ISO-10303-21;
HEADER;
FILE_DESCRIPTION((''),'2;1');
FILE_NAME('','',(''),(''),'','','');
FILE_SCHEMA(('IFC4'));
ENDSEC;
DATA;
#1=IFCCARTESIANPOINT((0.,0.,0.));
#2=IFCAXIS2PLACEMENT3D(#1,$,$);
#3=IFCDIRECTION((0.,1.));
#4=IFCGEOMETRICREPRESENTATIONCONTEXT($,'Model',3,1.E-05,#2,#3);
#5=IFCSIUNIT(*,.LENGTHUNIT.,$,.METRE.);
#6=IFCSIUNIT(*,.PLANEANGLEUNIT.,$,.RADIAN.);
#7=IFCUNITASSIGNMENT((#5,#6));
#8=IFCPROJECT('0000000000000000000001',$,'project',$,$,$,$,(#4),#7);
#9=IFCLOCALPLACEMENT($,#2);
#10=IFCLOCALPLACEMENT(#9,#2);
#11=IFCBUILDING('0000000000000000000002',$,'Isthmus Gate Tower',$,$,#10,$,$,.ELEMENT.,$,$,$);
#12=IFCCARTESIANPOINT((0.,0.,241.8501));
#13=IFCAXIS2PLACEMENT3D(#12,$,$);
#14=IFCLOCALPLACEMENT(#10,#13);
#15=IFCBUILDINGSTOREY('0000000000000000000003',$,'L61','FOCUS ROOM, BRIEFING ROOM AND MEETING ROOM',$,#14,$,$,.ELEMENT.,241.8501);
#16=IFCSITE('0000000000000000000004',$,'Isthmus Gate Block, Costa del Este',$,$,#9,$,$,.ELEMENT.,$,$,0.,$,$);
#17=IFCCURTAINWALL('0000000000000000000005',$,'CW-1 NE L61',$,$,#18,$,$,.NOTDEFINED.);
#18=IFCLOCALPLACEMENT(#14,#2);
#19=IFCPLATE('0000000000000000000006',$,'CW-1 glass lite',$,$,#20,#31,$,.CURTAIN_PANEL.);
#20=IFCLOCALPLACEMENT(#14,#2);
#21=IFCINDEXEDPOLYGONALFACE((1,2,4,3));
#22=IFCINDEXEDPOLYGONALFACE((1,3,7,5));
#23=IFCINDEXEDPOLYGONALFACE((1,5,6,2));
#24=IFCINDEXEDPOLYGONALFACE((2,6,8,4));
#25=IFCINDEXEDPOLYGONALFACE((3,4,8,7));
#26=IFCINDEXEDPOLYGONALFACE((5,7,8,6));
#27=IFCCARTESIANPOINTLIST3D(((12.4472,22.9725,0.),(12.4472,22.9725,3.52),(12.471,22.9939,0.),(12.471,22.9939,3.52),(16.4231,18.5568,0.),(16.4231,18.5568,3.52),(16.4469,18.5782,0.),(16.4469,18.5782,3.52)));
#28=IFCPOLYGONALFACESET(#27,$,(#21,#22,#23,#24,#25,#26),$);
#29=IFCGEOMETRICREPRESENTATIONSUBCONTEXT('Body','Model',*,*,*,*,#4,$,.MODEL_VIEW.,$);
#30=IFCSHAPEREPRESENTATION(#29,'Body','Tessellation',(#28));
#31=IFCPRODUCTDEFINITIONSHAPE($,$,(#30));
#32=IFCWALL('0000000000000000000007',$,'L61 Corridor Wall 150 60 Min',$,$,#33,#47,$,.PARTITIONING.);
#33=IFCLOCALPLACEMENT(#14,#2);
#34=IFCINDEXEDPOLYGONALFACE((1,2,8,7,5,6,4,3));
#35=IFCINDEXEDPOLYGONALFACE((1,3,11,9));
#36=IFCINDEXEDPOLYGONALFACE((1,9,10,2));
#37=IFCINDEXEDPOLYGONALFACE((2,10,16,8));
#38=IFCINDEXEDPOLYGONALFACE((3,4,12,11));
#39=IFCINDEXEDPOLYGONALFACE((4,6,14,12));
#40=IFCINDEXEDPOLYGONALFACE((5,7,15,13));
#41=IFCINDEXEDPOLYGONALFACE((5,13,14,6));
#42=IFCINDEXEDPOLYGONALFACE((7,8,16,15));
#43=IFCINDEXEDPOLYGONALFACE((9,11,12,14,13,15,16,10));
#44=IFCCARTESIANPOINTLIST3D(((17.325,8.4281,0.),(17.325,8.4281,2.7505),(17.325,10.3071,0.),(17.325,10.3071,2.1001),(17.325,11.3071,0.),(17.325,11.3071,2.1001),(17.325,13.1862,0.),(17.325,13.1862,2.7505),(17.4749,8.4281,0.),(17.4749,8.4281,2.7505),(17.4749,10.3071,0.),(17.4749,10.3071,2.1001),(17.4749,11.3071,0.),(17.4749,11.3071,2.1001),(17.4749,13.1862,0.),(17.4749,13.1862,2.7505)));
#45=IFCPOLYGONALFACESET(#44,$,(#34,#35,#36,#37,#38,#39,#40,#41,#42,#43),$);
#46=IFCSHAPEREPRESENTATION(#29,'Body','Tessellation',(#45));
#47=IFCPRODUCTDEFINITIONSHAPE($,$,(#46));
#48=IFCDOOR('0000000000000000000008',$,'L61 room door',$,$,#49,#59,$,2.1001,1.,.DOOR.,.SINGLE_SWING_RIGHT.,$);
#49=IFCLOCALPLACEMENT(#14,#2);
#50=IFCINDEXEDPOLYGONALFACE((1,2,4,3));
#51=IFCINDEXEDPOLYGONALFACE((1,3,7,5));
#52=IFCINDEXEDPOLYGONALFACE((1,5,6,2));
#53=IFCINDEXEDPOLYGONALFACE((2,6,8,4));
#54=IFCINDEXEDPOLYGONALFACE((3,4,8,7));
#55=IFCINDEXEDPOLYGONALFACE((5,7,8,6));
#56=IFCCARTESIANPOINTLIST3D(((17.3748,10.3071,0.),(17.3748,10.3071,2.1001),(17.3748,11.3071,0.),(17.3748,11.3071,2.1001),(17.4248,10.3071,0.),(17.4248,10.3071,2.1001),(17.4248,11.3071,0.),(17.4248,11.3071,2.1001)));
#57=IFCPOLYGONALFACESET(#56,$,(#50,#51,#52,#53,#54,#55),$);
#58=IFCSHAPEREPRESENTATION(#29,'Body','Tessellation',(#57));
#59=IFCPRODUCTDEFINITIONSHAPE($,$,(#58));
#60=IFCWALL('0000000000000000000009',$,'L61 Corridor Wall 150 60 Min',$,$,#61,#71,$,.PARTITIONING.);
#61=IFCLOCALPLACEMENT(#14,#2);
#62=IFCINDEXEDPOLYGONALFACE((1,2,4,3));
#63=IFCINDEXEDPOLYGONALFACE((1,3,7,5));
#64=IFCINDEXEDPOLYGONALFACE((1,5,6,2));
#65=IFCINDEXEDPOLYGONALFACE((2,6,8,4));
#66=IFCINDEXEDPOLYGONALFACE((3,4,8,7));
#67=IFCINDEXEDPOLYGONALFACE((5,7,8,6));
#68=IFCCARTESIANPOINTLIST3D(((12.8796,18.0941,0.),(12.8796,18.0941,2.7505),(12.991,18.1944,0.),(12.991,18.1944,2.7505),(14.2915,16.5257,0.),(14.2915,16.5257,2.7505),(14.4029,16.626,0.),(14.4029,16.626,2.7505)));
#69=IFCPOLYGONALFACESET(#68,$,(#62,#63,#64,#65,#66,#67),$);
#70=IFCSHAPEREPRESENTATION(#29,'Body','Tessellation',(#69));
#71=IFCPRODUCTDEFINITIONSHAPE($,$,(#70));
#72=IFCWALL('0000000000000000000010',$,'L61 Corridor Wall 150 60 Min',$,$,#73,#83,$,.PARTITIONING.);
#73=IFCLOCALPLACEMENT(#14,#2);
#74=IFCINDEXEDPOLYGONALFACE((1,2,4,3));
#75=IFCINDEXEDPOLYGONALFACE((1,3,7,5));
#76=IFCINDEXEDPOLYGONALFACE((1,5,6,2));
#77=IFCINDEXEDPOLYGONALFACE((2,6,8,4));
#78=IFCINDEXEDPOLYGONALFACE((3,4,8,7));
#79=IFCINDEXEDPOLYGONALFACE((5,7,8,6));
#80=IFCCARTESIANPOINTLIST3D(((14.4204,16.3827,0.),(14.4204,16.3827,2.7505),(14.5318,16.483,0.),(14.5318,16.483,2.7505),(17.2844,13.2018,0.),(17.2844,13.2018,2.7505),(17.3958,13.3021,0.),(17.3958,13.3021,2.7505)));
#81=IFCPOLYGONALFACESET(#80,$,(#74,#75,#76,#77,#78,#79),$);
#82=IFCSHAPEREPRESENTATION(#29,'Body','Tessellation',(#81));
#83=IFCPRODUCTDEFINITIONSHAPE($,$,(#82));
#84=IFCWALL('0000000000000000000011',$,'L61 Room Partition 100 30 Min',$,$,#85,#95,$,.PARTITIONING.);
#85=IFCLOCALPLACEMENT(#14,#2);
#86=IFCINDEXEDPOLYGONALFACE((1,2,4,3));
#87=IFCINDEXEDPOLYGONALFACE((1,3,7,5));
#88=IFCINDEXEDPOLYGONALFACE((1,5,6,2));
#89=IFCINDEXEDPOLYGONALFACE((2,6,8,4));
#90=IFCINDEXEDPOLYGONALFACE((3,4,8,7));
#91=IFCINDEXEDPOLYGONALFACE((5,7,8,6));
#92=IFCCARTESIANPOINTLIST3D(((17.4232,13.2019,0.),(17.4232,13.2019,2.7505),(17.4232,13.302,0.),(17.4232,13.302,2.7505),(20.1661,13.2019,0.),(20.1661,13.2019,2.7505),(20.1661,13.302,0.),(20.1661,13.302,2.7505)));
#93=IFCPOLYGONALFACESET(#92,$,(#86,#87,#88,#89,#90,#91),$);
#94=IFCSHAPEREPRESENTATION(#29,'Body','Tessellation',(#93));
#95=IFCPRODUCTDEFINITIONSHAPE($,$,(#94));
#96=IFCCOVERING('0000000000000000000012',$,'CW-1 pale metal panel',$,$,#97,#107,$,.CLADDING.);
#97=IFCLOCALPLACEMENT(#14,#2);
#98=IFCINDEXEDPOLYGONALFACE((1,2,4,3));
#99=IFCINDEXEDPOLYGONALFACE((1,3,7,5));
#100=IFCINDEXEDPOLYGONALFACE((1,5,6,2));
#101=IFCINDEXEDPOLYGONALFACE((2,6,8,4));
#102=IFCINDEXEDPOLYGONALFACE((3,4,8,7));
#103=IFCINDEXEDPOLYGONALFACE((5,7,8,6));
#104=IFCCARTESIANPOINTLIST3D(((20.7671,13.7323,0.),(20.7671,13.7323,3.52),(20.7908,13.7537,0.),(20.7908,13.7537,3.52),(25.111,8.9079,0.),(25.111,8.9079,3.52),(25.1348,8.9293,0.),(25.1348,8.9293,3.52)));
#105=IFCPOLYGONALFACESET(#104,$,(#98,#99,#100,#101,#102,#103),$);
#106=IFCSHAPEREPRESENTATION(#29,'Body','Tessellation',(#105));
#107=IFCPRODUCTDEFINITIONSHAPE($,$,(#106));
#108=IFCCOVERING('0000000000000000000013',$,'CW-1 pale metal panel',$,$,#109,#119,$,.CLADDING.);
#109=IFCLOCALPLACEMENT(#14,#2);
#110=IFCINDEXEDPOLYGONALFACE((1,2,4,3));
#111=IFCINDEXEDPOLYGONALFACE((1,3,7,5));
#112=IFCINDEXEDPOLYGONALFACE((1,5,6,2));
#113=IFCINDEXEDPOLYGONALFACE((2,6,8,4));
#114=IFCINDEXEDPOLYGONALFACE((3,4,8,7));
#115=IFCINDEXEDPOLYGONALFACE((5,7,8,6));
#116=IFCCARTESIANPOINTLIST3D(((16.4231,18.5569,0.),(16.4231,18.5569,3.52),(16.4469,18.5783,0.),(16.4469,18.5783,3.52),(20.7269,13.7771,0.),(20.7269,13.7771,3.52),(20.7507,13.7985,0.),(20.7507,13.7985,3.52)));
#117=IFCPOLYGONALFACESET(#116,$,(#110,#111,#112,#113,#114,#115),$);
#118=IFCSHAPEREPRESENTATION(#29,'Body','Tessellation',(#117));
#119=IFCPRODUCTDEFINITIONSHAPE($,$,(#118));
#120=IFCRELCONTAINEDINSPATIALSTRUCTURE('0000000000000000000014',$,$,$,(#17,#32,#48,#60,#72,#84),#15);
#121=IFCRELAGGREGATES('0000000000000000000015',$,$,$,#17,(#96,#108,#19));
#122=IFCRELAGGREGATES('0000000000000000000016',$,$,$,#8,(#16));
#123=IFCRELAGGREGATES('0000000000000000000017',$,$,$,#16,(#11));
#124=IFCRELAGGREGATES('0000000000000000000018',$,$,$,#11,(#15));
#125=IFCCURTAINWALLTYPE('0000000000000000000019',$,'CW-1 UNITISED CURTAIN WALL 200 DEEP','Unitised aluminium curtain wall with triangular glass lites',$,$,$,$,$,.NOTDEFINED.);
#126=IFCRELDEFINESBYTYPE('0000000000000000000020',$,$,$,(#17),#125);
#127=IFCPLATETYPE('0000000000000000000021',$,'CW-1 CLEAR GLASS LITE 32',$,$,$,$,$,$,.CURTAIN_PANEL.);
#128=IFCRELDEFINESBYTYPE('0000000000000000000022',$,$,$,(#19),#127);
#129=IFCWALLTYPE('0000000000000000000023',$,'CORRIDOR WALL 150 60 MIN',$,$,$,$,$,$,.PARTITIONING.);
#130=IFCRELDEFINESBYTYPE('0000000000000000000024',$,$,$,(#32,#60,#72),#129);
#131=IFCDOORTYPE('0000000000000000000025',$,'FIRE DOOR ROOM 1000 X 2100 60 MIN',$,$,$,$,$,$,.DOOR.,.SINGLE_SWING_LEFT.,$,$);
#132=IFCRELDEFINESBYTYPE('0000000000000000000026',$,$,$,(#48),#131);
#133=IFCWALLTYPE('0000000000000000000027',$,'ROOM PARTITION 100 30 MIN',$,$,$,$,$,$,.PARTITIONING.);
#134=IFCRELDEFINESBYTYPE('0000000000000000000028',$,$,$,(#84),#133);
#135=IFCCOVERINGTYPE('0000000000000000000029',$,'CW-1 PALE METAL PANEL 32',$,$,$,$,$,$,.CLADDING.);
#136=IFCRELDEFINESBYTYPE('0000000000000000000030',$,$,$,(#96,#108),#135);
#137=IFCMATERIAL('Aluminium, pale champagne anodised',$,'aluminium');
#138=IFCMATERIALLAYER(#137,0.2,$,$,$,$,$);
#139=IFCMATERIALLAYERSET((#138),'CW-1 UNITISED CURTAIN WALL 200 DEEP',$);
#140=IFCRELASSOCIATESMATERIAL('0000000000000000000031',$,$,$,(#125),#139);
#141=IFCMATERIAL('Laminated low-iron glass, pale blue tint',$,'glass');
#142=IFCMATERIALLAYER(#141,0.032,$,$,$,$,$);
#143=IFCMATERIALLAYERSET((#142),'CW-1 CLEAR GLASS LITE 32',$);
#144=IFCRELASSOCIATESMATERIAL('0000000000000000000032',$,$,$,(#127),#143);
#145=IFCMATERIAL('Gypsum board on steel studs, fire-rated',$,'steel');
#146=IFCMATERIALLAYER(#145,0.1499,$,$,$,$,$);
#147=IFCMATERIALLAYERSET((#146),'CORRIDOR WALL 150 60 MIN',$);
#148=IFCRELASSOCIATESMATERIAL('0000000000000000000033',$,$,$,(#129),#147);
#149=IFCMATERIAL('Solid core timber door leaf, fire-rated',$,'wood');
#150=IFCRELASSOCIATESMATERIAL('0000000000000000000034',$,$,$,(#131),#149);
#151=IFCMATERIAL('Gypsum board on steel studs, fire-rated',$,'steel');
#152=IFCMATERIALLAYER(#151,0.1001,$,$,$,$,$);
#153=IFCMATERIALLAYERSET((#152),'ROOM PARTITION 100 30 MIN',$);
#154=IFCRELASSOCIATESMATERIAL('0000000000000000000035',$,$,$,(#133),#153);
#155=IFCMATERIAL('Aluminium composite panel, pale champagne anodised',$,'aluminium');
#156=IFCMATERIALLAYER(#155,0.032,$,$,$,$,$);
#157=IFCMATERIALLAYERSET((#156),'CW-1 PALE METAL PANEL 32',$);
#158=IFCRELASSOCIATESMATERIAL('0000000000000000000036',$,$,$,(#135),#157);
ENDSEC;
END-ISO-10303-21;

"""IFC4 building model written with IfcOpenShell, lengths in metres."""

from ifc_helpers import new_model, si_unit, direction, frame, frame_2d, origin, origin_2d, place, context, subcontext, project, spatial, rectangle, extrude, material, layer, layer_set, type_object, element, fill, aggregate, save


model = new_model("IFC4")

# Units and contexts
model_context = context("Model", 3, precision=1e-05, world=origin(), true_north=direction((0.0, 1.0)))
body_context = subcontext(model_context, "Body", "Model", "MODEL_VIEW")
ifc_project = project(units=[si_unit("LENGTHUNIT", "METRE"), si_unit("PLANEANGLEUNIT", "RADIAN")], contexts=[model_context])

# Site, building, storey
site_placement = place(None, origin())
site = spatial("IfcSite", under=ifc_project, at=site_placement, Name="Isthmus Gate Block, Costa del Este", CompositionType="ELEMENT", RefElevation=0.0)
building_placement = place(site_placement, origin())
building = spatial("IfcBuilding", under=site, at=building_placement, Name="Isthmus Gate Tower", CompositionType="ELEMENT")
storey_placement = place(building_placement, frame((0.0, 0.0, 241.8501)))
storey = spatial("IfcBuildingStorey", under=building, at=storey_placement, Name="L61", Description="FOCUS ROOM, BRIEFING ROOM AND MEETING ROOM", CompositionType="ELEMENT", Elevation=241.8501)

# Curtain wall
ifc_material_1 = material(Name="Aluminium, pale champagne anodised", Category="aluminium")
ifc_layer_1 = layer(ifc_material_1, 0.2)
ifc_layer_set_1 = layer_set([ifc_layer_1], Name="CW-1 UNITISED CURTAIN WALL 200 DEEP")
curtain_wall_type = type_object("IfcCurtainWallType", Name="CW-1 UNITISED CURTAIN WALL 200 DEEP", Description="Unitised aluminium curtain wall with triangular glass lites", PredefinedType="NOTDEFINED", material=ifc_layer_set_1)
curtain_wall_placement = place(storey_placement, origin())
curtain_wall = element("IfcCurtainWall", 1, at=curtain_wall_placement, inside=storey, type_object=curtain_wall_type, Name="CW-1 NE L61", PredefinedType="NOTDEFINED")

# Plate
ifc_material_2 = material(Name="Laminated low-iron glass, pale blue tint", Category="glass")
ifc_layer_2 = layer(ifc_material_2, 0.032)
ifc_layer_set_2 = layer_set([ifc_layer_2], Name="CW-1 CLEAR GLASS LITE 32")
plate_type = type_object("IfcPlateType", Name="CW-1 CLEAR GLASS LITE 32", PredefinedType="CURTAIN_PANEL", material=ifc_layer_set_2)
plate_placement = place(storey_placement, frame((14.447, 20.7754, 0.0), z_axis=(0.0, 0.0, 1.0), x_axis=(-0.669131, 0.743145, 0.0)))
plate = element("IfcPlate", 2, at=plate_placement, type_object=plate_type, Name="CW-1 glass lite", PredefinedType="CURTAIN_PANEL", context=body_context, shape_type="SweptSolid", body=[
    extrude(rectangle(XDim=5.9419, YDim=0.032, at=origin_2d()), origin(), (0.0, 0.0, 1.0), 3.52),
])

# Wall, opening, door
ifc_material_3 = material(Name="Gypsum board on steel studs, fire-rated", Category="steel")
ifc_layer_3 = layer(ifc_material_3, 0.1499)
ifc_layer_set_3 = layer_set([ifc_layer_3], Name="CORRIDOR WALL 150 60 MIN")
wall_type_1 = type_object("IfcWallType", Name="CORRIDOR WALL 150 60 MIN", PredefinedType="PARTITIONING", material=ifc_layer_set_3)
wall_1_placement = place(storey_placement, frame((17.3999, 13.186, 0.0), z_axis=(0.0, 0.0, 1.0), x_axis=(0.0, -1.0, 0.0)))
wall_1 = element("IfcWall", 3, at=wall_1_placement, inside=storey, type_object=wall_type_1, Name="L61 Corridor Wall 150 60 Min", PredefinedType="PARTITIONING", context=body_context, shape_type="SweptSolid", body=[
    extrude(rectangle(XDim=4.7581, YDim=0.1499, at=frame_2d((2.3789, 0.0))), origin(), (0.0, 0.0, 1.0), 2.7505),
])
opening_placement = place(wall_1_placement, frame((1.8789, 0.0, 0.0)))
opening = element("IfcOpeningElement", 4, at=opening_placement, cuts=wall_1, PredefinedType="OPENING", context=body_context, shape_type="SweptSolid", body=[
    extrude(rectangle(XDim=1.0, YDim=2.1001, at=frame_2d((0.5, 1.05))), frame((0.0, 0.085, 0.0), z_axis=(0.0, -1.0, 0.0), x_axis=(1.0, 0.0, 0.0)), (0.0, 0.0, 1.0), 0.1699),
])
ifc_material_4 = material(Name="Solid core timber door leaf, fire-rated", Category="wood")
door_type = type_object("IfcDoorType", Name="FIRE DOOR ROOM 1000 X 2100 60 MIN", OperationType="SINGLE_SWING_LEFT", PredefinedType="DOOR", material=ifc_material_4)
door_placement = place(opening_placement, origin())
door = element("IfcDoor", 5, at=door_placement, inside=storey, type_object=door_type, Name="L61 room door", OperationType="SINGLE_SWING_RIGHT", OverallHeight=2.1001, OverallWidth=1.0, PredefinedType="DOOR", context=body_context, shape_type="SweptSolid", body=[
    extrude(rectangle(XDim=1.0, YDim=2.1001, at=frame_2d((0.5, 1.05))), frame((0.0, 0.0249, 0.0), z_axis=(0.0, -1.0, 0.0), x_axis=(1.0, 0.0, 0.0)), (0.0, 0.0, 1.0), 0.05),
])
fill(opening, door)

# Walls
wall_2_placement = place(storey_placement, frame((12.9353, 18.1443, 0.0), z_axis=(0.0, 0.0, 1.0), x_axis=(0.669054, -0.743214, 0.0)))
element("IfcWall", 6, at=wall_2_placement, inside=storey, type_object=wall_type_1, Name="L61 Corridor Wall 150 60 Min", PredefinedType="PARTITIONING", context=body_context, shape_type="SweptSolid", body=[
    extrude(rectangle(XDim=2.1104, YDim=0.1499, at=frame_2d((1.0552, 0.0))), origin(), (0.0, 0.0, 1.0), 2.7505),
])
wall_3_placement = place(storey_placement, frame((14.4761, 16.4329, 0.0), z_axis=(0.0, 0.0, 1.0), x_axis=(0.669119, -0.743155, 0.0)))
element("IfcWall", 7, at=wall_3_placement, inside=storey, type_object=wall_type_1, Name="L61 Corridor Wall 150 60 Min", PredefinedType="PARTITIONING", context=body_context, shape_type="SweptSolid", body=[
    extrude(rectangle(XDim=4.2803, YDim=0.1499, at=frame_2d((2.1401, 0.0))), origin(), (0.0, 0.0, 1.0), 2.7505),
])
ifc_material_5 = material(Name="Gypsum board on steel studs, fire-rated", Category="steel")
ifc_layer_4 = layer(ifc_material_5, 0.1001)
ifc_layer_set_4 = layer_set([ifc_layer_4], Name="ROOM PARTITION 100 30 MIN")
wall_type_2 = type_object("IfcWallType", Name="ROOM PARTITION 100 30 MIN", PredefinedType="PARTITIONING", material=ifc_layer_set_4)
wall_4_placement = place(storey_placement, frame((17.4231, 13.252, 0.0), z_axis=(0.0, 0.0, 1.0), x_axis=(1.0, 0.0, 0.0)))
element("IfcWall", 8, at=wall_4_placement, inside=storey, type_object=wall_type_2, Name="L61 Room Partition 100 30 Min", PredefinedType="PARTITIONING", context=body_context, shape_type="SweptSolid", body=[
    extrude(rectangle(XDim=2.7429, YDim=0.1001, at=frame_2d((1.3716, 0.0))), origin(), (0.0, 0.0, 1.0), 2.7505),
])

# Coverings
ifc_material_6 = material(Name="Aluminium composite panel, pale champagne anodised", Category="aluminium")
ifc_layer_5 = layer(ifc_material_6, 0.032)
ifc_layer_set_5 = layer_set([ifc_layer_5], Name="CW-1 PALE METAL PANEL 32")
covering_type = type_object("IfcCoveringType", Name="CW-1 PALE METAL PANEL 32", PredefinedType="CLADDING", material=ifc_layer_set_5)
covering_1_placement = place(storey_placement, frame((22.9509, 11.3308, 0.0), z_axis=(0.0, 0.0, 1.0), x_axis=(-0.669131, 0.743145, 0.0)))
covering_1 = element("IfcCovering", 9, at=covering_1_placement, type_object=covering_type, Name="CW-1 pale metal panel", PredefinedType="CLADDING", context=body_context, shape_type="SweptSolid", body=[
    extrude(rectangle(XDim=6.4919, YDim=0.032, at=origin_2d()), origin(), (0.0, 0.0, 1.0), 3.52),
])
covering_2_placement = place(storey_placement, frame((18.5869, 16.1777, 0.0), z_axis=(0.0, 0.0, 1.0), x_axis=(-0.669131, 0.743145, 0.0)))
covering_2 = element("IfcCovering", 10, at=covering_2_placement, type_object=covering_type, Name="CW-1 pale metal panel", PredefinedType="CLADDING", context=body_context, shape_type="SweptSolid", body=[
    extrude(rectangle(XDim=6.4319, YDim=0.032, at=origin_2d()), origin(), (0.0, 0.0, 1.0), 3.52),
])
aggregate(curtain_wall, [covering_1, covering_2, plate])

save(model, "model.ifc")
